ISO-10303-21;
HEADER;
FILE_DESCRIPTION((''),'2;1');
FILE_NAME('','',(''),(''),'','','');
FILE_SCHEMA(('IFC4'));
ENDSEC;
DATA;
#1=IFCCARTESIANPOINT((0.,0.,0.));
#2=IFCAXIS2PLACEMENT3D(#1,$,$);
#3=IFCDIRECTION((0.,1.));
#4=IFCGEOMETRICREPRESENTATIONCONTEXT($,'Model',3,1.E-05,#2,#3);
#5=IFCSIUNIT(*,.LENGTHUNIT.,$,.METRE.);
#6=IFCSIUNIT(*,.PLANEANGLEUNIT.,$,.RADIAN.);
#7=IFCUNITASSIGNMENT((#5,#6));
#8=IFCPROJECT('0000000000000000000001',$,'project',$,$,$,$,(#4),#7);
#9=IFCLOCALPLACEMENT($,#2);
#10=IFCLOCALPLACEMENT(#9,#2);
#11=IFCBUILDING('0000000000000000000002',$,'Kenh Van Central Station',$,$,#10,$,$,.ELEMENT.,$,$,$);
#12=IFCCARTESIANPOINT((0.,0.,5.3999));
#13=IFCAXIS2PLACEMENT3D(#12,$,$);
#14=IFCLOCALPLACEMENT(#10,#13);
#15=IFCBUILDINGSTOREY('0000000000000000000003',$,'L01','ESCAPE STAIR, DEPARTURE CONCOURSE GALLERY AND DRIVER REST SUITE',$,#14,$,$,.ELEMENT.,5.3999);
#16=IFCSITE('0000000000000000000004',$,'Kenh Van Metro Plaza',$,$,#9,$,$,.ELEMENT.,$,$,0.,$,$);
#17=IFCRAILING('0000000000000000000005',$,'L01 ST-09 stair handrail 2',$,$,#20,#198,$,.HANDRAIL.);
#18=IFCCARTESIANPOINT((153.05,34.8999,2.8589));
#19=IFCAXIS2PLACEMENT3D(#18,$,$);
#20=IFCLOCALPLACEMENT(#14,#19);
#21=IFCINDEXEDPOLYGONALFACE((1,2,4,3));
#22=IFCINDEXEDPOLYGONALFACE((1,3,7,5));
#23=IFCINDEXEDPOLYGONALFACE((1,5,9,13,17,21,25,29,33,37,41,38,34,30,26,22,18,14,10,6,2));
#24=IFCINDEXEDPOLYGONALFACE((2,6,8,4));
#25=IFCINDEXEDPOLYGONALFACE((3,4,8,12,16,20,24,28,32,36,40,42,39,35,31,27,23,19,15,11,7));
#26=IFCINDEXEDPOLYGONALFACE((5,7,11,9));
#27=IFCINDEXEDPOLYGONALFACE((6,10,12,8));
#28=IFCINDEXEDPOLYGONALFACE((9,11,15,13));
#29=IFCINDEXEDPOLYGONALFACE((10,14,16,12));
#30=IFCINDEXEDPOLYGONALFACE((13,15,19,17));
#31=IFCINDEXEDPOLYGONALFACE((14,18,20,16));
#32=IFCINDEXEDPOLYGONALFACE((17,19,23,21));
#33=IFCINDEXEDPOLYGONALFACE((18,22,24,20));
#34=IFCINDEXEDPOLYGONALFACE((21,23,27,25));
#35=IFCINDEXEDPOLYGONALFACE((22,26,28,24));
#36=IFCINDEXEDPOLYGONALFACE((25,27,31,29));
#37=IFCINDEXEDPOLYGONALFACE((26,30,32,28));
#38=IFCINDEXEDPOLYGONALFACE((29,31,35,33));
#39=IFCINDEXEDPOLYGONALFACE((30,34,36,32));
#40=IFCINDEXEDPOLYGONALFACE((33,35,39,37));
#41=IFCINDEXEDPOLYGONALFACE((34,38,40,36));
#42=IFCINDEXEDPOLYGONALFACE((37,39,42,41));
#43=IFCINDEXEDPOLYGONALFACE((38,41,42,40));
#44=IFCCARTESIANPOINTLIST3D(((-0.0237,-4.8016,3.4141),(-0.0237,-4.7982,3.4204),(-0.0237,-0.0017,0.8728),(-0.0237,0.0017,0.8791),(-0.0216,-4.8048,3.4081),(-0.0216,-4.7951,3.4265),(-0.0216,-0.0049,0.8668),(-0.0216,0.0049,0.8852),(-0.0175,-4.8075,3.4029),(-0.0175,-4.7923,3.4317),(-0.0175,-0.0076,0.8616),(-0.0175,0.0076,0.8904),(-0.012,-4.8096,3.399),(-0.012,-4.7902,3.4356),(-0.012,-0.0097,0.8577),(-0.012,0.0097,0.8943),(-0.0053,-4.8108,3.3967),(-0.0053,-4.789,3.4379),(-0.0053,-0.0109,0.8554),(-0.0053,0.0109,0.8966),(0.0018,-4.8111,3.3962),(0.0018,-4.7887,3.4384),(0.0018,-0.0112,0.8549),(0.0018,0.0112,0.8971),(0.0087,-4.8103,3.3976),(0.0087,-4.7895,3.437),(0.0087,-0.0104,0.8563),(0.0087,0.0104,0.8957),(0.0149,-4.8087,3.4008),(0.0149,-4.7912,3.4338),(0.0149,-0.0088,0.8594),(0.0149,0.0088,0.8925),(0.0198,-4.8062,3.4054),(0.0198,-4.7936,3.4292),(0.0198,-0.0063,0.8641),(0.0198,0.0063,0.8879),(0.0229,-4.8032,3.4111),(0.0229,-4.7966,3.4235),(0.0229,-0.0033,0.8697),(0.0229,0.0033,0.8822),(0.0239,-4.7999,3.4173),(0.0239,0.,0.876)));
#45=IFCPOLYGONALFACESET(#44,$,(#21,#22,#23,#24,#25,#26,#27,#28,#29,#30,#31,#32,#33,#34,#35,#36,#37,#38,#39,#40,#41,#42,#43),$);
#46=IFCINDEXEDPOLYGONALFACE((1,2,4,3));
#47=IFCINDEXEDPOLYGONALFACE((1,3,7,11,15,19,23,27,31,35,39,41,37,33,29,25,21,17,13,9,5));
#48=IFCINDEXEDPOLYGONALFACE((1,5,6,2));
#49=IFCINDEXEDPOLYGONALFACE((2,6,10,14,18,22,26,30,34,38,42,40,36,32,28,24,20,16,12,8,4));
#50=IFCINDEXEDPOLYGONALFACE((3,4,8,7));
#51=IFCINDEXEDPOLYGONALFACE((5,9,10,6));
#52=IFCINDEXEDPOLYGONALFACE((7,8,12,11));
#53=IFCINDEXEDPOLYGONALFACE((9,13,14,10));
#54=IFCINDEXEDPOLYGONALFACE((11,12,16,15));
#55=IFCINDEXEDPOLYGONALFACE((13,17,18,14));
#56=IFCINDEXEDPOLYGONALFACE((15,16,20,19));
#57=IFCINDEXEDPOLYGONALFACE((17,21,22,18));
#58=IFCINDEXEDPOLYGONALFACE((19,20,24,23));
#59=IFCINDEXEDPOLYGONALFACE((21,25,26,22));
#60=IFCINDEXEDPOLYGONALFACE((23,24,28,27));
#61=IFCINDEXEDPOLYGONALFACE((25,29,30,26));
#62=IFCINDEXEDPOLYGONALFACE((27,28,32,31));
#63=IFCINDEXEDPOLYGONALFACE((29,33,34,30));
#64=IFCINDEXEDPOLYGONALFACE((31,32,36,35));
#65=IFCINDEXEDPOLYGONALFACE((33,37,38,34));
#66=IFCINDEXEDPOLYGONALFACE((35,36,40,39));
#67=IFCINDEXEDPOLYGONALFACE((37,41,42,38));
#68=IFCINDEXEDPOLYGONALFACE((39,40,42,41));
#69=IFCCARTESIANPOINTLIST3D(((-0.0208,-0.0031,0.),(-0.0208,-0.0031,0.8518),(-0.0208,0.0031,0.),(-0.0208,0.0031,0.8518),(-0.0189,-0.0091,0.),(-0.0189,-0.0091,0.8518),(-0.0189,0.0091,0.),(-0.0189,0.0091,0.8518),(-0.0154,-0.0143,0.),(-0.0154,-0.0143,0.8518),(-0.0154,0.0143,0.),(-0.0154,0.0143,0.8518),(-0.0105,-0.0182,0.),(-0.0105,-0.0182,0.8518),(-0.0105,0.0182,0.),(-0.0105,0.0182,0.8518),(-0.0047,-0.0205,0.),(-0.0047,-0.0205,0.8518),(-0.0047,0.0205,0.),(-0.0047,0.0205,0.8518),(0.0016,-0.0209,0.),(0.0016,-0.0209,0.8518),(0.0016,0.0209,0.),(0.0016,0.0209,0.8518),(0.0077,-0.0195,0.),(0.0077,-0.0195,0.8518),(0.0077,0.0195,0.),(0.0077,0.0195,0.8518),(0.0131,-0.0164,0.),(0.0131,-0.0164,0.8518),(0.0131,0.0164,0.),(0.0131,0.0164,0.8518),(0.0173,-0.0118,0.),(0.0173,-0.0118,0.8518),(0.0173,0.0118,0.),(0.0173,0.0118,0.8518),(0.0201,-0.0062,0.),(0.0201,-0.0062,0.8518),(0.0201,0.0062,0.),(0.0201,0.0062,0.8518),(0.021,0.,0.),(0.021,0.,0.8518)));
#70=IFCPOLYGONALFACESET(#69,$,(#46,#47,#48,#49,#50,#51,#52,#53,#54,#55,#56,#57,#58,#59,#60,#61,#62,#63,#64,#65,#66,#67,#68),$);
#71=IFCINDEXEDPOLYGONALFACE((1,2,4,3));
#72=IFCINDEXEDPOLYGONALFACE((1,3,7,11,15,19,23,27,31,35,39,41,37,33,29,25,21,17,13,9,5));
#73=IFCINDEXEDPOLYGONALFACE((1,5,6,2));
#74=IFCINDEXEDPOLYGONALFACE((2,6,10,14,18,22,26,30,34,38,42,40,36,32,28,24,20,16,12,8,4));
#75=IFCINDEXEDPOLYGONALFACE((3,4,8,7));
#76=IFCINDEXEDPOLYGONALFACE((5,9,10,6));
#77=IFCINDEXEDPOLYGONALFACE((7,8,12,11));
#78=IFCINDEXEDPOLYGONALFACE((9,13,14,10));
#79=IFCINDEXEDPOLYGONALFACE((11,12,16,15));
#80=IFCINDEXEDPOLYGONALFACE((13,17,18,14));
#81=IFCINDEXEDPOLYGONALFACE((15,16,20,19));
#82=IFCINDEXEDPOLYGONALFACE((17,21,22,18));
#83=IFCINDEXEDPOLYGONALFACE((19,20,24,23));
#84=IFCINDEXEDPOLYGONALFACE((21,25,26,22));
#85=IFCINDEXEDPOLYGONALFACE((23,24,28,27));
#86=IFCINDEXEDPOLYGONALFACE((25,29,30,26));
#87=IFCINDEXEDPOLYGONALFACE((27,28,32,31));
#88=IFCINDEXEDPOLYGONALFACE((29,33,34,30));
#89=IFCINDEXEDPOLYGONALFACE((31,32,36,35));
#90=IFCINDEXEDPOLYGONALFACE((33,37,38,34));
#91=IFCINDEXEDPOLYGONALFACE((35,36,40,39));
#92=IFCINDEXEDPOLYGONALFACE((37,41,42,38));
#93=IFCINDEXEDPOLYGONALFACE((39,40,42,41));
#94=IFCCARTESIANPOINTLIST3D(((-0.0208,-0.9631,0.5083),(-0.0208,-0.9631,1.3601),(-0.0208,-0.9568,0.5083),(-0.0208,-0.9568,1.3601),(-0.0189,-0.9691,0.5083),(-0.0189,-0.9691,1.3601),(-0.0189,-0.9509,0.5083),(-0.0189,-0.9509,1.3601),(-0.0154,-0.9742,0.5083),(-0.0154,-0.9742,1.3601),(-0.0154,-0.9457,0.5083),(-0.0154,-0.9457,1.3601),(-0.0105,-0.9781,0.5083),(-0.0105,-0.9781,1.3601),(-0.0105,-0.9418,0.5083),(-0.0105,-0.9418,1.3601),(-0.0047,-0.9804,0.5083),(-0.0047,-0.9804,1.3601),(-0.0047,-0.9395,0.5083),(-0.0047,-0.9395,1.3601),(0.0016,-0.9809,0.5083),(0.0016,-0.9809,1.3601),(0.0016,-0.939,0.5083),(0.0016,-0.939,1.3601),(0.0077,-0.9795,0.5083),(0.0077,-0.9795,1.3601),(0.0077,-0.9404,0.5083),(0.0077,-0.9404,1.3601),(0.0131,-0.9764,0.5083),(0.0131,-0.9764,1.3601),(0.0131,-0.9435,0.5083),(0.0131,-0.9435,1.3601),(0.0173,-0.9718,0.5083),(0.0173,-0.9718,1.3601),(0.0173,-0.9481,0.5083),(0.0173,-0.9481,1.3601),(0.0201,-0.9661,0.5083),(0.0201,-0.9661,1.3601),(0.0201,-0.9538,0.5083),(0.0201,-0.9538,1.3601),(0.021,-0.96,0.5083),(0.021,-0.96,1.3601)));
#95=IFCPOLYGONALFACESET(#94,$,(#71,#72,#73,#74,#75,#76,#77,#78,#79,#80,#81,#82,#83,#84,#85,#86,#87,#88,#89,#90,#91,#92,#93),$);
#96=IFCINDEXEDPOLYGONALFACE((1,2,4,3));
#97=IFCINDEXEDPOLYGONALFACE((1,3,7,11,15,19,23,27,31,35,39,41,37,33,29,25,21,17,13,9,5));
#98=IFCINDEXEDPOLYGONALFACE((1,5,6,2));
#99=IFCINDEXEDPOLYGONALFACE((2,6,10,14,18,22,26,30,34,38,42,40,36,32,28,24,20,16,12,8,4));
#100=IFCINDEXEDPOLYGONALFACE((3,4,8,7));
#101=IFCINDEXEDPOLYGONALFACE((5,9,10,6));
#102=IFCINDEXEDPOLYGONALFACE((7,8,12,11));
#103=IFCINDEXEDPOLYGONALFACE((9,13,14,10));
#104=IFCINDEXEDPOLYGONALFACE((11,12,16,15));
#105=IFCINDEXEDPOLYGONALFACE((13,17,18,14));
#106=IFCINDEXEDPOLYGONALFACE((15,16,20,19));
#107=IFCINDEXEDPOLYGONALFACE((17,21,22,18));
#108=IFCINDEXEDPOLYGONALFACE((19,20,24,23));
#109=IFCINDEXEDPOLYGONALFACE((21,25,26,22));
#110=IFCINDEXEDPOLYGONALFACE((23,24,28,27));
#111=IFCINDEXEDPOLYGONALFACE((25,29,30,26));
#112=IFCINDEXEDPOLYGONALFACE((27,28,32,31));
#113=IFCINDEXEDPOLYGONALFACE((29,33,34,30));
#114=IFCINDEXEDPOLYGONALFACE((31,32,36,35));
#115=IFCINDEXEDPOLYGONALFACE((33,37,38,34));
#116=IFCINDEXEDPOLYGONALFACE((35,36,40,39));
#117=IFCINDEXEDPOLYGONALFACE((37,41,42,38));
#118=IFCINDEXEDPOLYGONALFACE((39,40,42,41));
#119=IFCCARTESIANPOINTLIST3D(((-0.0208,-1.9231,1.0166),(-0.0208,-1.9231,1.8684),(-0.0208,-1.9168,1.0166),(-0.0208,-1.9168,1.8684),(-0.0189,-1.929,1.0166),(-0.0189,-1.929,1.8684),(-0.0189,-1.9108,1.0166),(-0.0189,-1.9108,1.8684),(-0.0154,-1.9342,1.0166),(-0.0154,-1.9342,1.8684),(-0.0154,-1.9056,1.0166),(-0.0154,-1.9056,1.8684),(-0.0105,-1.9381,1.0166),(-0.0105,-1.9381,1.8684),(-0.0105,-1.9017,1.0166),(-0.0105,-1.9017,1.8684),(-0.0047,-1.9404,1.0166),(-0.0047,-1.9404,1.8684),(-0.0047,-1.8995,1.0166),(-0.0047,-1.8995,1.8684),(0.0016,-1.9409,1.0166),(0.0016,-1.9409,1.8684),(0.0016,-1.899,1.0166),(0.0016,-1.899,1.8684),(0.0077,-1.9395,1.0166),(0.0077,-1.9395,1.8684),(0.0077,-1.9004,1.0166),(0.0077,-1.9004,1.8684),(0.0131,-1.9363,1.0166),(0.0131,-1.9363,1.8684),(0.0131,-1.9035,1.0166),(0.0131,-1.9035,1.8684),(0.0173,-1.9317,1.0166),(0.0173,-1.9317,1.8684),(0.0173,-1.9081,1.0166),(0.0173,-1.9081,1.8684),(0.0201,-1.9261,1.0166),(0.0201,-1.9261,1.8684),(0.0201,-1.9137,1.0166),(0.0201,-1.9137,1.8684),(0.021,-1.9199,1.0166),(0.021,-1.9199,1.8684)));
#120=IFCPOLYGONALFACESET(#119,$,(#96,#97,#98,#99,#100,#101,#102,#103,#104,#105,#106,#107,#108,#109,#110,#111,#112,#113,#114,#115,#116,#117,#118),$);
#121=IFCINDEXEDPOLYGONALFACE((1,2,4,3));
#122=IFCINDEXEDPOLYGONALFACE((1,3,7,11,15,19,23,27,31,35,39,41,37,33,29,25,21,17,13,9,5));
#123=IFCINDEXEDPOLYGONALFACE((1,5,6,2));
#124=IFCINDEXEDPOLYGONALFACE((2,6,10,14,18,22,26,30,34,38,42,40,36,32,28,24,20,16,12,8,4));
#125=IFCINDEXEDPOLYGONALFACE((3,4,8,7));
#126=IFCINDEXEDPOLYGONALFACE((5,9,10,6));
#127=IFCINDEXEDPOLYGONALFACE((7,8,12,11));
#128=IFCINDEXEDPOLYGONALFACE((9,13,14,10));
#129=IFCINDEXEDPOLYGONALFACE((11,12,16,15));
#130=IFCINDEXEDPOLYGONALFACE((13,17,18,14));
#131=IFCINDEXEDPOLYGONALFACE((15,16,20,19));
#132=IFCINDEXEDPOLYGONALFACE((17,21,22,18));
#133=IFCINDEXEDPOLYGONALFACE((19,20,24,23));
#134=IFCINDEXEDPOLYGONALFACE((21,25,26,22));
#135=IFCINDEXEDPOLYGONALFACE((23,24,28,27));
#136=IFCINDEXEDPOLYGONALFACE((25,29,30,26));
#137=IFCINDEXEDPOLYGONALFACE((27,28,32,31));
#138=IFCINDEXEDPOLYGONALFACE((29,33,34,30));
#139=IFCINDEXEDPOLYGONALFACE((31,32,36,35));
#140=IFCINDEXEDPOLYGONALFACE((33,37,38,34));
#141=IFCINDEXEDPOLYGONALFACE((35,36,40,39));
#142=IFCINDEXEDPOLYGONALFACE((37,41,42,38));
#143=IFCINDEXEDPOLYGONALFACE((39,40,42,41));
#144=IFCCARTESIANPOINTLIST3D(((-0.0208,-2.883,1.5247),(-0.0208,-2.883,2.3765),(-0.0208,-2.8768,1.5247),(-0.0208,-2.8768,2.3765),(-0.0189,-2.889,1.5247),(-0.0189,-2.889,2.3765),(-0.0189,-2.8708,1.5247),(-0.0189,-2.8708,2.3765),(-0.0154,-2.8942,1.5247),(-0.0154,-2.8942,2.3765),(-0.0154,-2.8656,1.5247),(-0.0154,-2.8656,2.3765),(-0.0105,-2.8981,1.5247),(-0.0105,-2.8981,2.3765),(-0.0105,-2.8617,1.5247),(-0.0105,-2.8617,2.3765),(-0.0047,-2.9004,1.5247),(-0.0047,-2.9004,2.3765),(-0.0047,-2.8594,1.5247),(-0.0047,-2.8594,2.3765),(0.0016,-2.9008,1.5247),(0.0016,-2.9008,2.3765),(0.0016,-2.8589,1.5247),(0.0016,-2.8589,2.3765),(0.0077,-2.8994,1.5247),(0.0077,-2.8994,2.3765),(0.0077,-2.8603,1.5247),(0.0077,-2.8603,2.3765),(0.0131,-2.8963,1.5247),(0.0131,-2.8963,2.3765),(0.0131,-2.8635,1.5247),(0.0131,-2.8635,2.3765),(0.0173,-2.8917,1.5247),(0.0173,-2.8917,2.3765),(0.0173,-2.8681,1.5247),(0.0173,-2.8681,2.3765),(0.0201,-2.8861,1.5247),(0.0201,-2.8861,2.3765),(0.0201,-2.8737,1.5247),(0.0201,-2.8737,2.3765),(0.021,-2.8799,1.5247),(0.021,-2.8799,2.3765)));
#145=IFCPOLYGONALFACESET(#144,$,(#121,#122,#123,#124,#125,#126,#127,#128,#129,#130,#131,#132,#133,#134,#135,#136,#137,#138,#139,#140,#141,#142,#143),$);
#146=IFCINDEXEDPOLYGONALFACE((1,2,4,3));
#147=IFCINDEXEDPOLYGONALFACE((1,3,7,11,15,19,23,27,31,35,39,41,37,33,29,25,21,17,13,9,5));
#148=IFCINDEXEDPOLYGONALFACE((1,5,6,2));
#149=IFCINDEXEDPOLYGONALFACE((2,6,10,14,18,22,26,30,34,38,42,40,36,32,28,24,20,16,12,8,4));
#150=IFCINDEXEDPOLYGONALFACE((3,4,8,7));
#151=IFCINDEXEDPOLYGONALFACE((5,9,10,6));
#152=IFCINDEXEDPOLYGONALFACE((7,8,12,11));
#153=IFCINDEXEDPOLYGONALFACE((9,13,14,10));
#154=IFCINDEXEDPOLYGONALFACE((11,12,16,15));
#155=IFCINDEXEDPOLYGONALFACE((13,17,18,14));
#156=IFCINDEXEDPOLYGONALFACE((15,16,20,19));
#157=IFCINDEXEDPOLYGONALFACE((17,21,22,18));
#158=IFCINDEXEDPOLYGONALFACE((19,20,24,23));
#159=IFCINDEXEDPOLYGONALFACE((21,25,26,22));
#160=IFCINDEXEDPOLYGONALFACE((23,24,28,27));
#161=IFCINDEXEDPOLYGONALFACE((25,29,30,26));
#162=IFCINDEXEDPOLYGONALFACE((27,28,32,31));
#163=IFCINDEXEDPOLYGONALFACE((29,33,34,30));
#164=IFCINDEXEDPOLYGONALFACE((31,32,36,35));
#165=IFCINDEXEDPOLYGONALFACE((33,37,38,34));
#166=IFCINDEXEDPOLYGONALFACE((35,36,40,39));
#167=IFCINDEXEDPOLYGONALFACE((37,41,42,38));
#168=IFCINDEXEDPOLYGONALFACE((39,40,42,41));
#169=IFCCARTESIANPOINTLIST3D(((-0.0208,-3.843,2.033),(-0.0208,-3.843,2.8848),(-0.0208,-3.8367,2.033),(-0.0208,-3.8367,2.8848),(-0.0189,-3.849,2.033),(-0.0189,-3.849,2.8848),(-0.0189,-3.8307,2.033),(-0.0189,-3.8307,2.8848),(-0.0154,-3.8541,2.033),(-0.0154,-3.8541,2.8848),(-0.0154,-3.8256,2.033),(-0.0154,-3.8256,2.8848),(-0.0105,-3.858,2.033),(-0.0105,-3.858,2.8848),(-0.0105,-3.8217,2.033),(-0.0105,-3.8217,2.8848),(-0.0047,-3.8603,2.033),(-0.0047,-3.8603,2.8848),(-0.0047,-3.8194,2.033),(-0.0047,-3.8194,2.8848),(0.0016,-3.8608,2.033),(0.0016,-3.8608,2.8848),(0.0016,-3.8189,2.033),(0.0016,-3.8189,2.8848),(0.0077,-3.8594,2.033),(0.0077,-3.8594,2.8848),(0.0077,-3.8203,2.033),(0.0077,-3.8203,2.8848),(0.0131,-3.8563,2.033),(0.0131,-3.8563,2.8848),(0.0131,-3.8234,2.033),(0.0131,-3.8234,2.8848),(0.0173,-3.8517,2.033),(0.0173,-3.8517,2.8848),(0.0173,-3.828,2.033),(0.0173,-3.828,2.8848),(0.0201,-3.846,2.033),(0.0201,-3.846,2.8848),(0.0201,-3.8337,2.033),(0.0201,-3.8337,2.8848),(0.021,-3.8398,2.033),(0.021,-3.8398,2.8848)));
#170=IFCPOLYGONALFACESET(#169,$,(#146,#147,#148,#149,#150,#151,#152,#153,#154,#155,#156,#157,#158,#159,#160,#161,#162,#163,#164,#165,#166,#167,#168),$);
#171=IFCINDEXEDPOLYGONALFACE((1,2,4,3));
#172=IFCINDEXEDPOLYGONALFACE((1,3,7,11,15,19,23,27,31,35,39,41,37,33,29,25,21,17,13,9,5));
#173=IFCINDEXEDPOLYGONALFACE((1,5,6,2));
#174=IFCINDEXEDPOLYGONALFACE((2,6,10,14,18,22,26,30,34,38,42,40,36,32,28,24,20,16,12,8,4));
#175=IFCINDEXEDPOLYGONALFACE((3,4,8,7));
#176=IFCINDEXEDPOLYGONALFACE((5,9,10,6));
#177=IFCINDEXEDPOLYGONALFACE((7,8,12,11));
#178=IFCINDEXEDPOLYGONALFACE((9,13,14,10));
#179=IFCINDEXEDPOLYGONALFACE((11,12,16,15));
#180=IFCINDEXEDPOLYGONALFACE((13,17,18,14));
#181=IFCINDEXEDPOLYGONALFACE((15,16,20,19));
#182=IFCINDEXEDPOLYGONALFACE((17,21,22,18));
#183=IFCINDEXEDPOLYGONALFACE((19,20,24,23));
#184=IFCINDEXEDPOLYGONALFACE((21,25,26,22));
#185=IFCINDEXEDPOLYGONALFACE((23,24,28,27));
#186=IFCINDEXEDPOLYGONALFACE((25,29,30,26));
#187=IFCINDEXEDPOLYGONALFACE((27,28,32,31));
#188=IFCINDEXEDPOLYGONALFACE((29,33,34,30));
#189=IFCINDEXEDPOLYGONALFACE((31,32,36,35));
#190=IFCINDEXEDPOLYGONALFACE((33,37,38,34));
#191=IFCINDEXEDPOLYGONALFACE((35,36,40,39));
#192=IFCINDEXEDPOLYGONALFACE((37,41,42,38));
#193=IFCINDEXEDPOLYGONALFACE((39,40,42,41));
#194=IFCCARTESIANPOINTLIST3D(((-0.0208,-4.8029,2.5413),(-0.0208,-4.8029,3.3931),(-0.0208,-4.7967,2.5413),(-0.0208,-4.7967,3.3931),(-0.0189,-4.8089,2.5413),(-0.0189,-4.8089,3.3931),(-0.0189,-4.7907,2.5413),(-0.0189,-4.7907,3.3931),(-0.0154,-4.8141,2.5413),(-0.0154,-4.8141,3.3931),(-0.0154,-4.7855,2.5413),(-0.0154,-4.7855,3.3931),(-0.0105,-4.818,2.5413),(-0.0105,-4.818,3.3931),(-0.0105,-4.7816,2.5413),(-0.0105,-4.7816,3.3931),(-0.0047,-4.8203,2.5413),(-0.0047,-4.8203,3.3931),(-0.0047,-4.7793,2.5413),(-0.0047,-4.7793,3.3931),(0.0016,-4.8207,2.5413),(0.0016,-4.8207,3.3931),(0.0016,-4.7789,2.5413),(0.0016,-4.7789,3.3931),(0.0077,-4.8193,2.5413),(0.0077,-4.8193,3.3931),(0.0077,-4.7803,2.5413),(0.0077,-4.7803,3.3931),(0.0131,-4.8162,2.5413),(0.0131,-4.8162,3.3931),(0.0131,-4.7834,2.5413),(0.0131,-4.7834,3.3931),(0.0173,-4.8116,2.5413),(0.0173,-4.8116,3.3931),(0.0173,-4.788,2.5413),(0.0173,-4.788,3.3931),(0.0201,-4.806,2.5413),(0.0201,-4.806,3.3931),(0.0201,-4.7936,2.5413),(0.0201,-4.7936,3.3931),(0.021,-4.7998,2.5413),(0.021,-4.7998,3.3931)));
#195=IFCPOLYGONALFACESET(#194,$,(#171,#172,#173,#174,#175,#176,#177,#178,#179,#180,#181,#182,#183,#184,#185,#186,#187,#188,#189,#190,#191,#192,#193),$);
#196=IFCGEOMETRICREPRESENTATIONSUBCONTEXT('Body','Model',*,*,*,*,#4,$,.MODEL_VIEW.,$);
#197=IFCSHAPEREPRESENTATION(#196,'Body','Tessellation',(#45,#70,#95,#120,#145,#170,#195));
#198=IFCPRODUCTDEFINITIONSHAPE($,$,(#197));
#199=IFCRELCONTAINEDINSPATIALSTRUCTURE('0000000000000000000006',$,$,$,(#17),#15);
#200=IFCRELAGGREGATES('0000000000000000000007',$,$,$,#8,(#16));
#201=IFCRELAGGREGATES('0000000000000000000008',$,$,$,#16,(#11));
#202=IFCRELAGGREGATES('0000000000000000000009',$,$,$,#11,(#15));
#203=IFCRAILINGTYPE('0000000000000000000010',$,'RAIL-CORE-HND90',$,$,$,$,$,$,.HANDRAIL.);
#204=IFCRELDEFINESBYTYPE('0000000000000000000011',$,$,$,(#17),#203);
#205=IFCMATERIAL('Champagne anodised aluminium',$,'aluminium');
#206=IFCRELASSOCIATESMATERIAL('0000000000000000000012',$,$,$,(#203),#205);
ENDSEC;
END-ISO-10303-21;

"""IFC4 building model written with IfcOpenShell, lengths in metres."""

from ifc_helpers import new_model, si_unit, direction, frame, origin, origin_2d, place, context, subcontext, project, spatial, circle, extrude, material, type_object, element, save


model = new_model("IFC4")

# Units and contexts
model_context = context("Model", 3, precision=1e-05, world=origin(), true_north=direction((0.0, 1.0)))
body_context = subcontext(model_context, "Body", "Model", "MODEL_VIEW")
ifc_project = project(units=[si_unit("LENGTHUNIT", "METRE"), si_unit("PLANEANGLEUNIT", "RADIAN")], contexts=[model_context])

# Site, building, storey
site_placement = place(None, origin())
site = spatial("IfcSite", under=ifc_project, at=site_placement, Name="Kenh Van Metro Plaza", CompositionType="ELEMENT", RefElevation=0.0)
building_placement = place(site_placement, origin())
building = spatial("IfcBuilding", under=site, at=building_placement, Name="Kenh Van Central Station", CompositionType="ELEMENT")
storey_placement = place(building_placement, frame((0.0, 0.0, 5.3999)))
storey = spatial("IfcBuildingStorey", under=building, at=storey_placement, Name="L01", Description="ESCAPE STAIR, DEPARTURE CONCOURSE GALLERY AND DRIVER REST SUITE", CompositionType="ELEMENT", Elevation=5.3999)

# Shared definitions
ifc_material_1 = material(Name="Champagne anodised aluminium", Category="aluminium")

# Railing
railing_type_1 = type_object("IfcRailingType", Name="RAIL-CORE-HND90", PredefinedType="HANDRAIL", material=ifc_material_1)
railing_1_placement = place(storey_placement, frame((153.05, 34.8999, 2.8589)))
element("IfcRailing", 1, at=railing_1_placement, inside=storey, type_object=railing_type_1, Name="L01 ST-09 stair handrail 2", PredefinedType="HANDRAIL", context=body_context, shape_type="SweptSolid", body=[
    extrude(circle(Radius=0.0239, at=origin_2d()), frame((0.0, 0.0, 0.876), z_axis=(0.0, -0.883774, 0.467915), x_axis=(1.0, 0.0, 0.0)), (0.0, 0.0, 1.0), 5.4312),
    extrude(circle(Radius=0.021, at=origin_2d()), origin(), (0.0, 0.0, 1.0), 0.8518),
    extrude(circle(Radius=0.021, at=origin_2d()), frame((0.0, -0.96, 0.5083)), (0.0, 0.0, 1.0), 0.8518),
    extrude(circle(Radius=0.021, at=origin_2d()), frame((0.0, -1.9199, 1.0166)), (0.0, 0.0, 1.0), 0.8518),
    extrude(circle(Radius=0.021, at=origin_2d()), frame((0.0, -2.8799, 1.5247)), (0.0, 0.0, 1.0), 0.8518),
    extrude(circle(Radius=0.021, at=origin_2d()), frame((0.0, -3.8398, 2.033)), (0.0, 0.0, 1.0), 0.8518),
    extrude(circle(Radius=0.021, at=origin_2d()), frame((0.0, -4.7998, 2.5413)), (0.0, 0.0, 1.0), 0.8518),
])

save(model, "model.ifc")
